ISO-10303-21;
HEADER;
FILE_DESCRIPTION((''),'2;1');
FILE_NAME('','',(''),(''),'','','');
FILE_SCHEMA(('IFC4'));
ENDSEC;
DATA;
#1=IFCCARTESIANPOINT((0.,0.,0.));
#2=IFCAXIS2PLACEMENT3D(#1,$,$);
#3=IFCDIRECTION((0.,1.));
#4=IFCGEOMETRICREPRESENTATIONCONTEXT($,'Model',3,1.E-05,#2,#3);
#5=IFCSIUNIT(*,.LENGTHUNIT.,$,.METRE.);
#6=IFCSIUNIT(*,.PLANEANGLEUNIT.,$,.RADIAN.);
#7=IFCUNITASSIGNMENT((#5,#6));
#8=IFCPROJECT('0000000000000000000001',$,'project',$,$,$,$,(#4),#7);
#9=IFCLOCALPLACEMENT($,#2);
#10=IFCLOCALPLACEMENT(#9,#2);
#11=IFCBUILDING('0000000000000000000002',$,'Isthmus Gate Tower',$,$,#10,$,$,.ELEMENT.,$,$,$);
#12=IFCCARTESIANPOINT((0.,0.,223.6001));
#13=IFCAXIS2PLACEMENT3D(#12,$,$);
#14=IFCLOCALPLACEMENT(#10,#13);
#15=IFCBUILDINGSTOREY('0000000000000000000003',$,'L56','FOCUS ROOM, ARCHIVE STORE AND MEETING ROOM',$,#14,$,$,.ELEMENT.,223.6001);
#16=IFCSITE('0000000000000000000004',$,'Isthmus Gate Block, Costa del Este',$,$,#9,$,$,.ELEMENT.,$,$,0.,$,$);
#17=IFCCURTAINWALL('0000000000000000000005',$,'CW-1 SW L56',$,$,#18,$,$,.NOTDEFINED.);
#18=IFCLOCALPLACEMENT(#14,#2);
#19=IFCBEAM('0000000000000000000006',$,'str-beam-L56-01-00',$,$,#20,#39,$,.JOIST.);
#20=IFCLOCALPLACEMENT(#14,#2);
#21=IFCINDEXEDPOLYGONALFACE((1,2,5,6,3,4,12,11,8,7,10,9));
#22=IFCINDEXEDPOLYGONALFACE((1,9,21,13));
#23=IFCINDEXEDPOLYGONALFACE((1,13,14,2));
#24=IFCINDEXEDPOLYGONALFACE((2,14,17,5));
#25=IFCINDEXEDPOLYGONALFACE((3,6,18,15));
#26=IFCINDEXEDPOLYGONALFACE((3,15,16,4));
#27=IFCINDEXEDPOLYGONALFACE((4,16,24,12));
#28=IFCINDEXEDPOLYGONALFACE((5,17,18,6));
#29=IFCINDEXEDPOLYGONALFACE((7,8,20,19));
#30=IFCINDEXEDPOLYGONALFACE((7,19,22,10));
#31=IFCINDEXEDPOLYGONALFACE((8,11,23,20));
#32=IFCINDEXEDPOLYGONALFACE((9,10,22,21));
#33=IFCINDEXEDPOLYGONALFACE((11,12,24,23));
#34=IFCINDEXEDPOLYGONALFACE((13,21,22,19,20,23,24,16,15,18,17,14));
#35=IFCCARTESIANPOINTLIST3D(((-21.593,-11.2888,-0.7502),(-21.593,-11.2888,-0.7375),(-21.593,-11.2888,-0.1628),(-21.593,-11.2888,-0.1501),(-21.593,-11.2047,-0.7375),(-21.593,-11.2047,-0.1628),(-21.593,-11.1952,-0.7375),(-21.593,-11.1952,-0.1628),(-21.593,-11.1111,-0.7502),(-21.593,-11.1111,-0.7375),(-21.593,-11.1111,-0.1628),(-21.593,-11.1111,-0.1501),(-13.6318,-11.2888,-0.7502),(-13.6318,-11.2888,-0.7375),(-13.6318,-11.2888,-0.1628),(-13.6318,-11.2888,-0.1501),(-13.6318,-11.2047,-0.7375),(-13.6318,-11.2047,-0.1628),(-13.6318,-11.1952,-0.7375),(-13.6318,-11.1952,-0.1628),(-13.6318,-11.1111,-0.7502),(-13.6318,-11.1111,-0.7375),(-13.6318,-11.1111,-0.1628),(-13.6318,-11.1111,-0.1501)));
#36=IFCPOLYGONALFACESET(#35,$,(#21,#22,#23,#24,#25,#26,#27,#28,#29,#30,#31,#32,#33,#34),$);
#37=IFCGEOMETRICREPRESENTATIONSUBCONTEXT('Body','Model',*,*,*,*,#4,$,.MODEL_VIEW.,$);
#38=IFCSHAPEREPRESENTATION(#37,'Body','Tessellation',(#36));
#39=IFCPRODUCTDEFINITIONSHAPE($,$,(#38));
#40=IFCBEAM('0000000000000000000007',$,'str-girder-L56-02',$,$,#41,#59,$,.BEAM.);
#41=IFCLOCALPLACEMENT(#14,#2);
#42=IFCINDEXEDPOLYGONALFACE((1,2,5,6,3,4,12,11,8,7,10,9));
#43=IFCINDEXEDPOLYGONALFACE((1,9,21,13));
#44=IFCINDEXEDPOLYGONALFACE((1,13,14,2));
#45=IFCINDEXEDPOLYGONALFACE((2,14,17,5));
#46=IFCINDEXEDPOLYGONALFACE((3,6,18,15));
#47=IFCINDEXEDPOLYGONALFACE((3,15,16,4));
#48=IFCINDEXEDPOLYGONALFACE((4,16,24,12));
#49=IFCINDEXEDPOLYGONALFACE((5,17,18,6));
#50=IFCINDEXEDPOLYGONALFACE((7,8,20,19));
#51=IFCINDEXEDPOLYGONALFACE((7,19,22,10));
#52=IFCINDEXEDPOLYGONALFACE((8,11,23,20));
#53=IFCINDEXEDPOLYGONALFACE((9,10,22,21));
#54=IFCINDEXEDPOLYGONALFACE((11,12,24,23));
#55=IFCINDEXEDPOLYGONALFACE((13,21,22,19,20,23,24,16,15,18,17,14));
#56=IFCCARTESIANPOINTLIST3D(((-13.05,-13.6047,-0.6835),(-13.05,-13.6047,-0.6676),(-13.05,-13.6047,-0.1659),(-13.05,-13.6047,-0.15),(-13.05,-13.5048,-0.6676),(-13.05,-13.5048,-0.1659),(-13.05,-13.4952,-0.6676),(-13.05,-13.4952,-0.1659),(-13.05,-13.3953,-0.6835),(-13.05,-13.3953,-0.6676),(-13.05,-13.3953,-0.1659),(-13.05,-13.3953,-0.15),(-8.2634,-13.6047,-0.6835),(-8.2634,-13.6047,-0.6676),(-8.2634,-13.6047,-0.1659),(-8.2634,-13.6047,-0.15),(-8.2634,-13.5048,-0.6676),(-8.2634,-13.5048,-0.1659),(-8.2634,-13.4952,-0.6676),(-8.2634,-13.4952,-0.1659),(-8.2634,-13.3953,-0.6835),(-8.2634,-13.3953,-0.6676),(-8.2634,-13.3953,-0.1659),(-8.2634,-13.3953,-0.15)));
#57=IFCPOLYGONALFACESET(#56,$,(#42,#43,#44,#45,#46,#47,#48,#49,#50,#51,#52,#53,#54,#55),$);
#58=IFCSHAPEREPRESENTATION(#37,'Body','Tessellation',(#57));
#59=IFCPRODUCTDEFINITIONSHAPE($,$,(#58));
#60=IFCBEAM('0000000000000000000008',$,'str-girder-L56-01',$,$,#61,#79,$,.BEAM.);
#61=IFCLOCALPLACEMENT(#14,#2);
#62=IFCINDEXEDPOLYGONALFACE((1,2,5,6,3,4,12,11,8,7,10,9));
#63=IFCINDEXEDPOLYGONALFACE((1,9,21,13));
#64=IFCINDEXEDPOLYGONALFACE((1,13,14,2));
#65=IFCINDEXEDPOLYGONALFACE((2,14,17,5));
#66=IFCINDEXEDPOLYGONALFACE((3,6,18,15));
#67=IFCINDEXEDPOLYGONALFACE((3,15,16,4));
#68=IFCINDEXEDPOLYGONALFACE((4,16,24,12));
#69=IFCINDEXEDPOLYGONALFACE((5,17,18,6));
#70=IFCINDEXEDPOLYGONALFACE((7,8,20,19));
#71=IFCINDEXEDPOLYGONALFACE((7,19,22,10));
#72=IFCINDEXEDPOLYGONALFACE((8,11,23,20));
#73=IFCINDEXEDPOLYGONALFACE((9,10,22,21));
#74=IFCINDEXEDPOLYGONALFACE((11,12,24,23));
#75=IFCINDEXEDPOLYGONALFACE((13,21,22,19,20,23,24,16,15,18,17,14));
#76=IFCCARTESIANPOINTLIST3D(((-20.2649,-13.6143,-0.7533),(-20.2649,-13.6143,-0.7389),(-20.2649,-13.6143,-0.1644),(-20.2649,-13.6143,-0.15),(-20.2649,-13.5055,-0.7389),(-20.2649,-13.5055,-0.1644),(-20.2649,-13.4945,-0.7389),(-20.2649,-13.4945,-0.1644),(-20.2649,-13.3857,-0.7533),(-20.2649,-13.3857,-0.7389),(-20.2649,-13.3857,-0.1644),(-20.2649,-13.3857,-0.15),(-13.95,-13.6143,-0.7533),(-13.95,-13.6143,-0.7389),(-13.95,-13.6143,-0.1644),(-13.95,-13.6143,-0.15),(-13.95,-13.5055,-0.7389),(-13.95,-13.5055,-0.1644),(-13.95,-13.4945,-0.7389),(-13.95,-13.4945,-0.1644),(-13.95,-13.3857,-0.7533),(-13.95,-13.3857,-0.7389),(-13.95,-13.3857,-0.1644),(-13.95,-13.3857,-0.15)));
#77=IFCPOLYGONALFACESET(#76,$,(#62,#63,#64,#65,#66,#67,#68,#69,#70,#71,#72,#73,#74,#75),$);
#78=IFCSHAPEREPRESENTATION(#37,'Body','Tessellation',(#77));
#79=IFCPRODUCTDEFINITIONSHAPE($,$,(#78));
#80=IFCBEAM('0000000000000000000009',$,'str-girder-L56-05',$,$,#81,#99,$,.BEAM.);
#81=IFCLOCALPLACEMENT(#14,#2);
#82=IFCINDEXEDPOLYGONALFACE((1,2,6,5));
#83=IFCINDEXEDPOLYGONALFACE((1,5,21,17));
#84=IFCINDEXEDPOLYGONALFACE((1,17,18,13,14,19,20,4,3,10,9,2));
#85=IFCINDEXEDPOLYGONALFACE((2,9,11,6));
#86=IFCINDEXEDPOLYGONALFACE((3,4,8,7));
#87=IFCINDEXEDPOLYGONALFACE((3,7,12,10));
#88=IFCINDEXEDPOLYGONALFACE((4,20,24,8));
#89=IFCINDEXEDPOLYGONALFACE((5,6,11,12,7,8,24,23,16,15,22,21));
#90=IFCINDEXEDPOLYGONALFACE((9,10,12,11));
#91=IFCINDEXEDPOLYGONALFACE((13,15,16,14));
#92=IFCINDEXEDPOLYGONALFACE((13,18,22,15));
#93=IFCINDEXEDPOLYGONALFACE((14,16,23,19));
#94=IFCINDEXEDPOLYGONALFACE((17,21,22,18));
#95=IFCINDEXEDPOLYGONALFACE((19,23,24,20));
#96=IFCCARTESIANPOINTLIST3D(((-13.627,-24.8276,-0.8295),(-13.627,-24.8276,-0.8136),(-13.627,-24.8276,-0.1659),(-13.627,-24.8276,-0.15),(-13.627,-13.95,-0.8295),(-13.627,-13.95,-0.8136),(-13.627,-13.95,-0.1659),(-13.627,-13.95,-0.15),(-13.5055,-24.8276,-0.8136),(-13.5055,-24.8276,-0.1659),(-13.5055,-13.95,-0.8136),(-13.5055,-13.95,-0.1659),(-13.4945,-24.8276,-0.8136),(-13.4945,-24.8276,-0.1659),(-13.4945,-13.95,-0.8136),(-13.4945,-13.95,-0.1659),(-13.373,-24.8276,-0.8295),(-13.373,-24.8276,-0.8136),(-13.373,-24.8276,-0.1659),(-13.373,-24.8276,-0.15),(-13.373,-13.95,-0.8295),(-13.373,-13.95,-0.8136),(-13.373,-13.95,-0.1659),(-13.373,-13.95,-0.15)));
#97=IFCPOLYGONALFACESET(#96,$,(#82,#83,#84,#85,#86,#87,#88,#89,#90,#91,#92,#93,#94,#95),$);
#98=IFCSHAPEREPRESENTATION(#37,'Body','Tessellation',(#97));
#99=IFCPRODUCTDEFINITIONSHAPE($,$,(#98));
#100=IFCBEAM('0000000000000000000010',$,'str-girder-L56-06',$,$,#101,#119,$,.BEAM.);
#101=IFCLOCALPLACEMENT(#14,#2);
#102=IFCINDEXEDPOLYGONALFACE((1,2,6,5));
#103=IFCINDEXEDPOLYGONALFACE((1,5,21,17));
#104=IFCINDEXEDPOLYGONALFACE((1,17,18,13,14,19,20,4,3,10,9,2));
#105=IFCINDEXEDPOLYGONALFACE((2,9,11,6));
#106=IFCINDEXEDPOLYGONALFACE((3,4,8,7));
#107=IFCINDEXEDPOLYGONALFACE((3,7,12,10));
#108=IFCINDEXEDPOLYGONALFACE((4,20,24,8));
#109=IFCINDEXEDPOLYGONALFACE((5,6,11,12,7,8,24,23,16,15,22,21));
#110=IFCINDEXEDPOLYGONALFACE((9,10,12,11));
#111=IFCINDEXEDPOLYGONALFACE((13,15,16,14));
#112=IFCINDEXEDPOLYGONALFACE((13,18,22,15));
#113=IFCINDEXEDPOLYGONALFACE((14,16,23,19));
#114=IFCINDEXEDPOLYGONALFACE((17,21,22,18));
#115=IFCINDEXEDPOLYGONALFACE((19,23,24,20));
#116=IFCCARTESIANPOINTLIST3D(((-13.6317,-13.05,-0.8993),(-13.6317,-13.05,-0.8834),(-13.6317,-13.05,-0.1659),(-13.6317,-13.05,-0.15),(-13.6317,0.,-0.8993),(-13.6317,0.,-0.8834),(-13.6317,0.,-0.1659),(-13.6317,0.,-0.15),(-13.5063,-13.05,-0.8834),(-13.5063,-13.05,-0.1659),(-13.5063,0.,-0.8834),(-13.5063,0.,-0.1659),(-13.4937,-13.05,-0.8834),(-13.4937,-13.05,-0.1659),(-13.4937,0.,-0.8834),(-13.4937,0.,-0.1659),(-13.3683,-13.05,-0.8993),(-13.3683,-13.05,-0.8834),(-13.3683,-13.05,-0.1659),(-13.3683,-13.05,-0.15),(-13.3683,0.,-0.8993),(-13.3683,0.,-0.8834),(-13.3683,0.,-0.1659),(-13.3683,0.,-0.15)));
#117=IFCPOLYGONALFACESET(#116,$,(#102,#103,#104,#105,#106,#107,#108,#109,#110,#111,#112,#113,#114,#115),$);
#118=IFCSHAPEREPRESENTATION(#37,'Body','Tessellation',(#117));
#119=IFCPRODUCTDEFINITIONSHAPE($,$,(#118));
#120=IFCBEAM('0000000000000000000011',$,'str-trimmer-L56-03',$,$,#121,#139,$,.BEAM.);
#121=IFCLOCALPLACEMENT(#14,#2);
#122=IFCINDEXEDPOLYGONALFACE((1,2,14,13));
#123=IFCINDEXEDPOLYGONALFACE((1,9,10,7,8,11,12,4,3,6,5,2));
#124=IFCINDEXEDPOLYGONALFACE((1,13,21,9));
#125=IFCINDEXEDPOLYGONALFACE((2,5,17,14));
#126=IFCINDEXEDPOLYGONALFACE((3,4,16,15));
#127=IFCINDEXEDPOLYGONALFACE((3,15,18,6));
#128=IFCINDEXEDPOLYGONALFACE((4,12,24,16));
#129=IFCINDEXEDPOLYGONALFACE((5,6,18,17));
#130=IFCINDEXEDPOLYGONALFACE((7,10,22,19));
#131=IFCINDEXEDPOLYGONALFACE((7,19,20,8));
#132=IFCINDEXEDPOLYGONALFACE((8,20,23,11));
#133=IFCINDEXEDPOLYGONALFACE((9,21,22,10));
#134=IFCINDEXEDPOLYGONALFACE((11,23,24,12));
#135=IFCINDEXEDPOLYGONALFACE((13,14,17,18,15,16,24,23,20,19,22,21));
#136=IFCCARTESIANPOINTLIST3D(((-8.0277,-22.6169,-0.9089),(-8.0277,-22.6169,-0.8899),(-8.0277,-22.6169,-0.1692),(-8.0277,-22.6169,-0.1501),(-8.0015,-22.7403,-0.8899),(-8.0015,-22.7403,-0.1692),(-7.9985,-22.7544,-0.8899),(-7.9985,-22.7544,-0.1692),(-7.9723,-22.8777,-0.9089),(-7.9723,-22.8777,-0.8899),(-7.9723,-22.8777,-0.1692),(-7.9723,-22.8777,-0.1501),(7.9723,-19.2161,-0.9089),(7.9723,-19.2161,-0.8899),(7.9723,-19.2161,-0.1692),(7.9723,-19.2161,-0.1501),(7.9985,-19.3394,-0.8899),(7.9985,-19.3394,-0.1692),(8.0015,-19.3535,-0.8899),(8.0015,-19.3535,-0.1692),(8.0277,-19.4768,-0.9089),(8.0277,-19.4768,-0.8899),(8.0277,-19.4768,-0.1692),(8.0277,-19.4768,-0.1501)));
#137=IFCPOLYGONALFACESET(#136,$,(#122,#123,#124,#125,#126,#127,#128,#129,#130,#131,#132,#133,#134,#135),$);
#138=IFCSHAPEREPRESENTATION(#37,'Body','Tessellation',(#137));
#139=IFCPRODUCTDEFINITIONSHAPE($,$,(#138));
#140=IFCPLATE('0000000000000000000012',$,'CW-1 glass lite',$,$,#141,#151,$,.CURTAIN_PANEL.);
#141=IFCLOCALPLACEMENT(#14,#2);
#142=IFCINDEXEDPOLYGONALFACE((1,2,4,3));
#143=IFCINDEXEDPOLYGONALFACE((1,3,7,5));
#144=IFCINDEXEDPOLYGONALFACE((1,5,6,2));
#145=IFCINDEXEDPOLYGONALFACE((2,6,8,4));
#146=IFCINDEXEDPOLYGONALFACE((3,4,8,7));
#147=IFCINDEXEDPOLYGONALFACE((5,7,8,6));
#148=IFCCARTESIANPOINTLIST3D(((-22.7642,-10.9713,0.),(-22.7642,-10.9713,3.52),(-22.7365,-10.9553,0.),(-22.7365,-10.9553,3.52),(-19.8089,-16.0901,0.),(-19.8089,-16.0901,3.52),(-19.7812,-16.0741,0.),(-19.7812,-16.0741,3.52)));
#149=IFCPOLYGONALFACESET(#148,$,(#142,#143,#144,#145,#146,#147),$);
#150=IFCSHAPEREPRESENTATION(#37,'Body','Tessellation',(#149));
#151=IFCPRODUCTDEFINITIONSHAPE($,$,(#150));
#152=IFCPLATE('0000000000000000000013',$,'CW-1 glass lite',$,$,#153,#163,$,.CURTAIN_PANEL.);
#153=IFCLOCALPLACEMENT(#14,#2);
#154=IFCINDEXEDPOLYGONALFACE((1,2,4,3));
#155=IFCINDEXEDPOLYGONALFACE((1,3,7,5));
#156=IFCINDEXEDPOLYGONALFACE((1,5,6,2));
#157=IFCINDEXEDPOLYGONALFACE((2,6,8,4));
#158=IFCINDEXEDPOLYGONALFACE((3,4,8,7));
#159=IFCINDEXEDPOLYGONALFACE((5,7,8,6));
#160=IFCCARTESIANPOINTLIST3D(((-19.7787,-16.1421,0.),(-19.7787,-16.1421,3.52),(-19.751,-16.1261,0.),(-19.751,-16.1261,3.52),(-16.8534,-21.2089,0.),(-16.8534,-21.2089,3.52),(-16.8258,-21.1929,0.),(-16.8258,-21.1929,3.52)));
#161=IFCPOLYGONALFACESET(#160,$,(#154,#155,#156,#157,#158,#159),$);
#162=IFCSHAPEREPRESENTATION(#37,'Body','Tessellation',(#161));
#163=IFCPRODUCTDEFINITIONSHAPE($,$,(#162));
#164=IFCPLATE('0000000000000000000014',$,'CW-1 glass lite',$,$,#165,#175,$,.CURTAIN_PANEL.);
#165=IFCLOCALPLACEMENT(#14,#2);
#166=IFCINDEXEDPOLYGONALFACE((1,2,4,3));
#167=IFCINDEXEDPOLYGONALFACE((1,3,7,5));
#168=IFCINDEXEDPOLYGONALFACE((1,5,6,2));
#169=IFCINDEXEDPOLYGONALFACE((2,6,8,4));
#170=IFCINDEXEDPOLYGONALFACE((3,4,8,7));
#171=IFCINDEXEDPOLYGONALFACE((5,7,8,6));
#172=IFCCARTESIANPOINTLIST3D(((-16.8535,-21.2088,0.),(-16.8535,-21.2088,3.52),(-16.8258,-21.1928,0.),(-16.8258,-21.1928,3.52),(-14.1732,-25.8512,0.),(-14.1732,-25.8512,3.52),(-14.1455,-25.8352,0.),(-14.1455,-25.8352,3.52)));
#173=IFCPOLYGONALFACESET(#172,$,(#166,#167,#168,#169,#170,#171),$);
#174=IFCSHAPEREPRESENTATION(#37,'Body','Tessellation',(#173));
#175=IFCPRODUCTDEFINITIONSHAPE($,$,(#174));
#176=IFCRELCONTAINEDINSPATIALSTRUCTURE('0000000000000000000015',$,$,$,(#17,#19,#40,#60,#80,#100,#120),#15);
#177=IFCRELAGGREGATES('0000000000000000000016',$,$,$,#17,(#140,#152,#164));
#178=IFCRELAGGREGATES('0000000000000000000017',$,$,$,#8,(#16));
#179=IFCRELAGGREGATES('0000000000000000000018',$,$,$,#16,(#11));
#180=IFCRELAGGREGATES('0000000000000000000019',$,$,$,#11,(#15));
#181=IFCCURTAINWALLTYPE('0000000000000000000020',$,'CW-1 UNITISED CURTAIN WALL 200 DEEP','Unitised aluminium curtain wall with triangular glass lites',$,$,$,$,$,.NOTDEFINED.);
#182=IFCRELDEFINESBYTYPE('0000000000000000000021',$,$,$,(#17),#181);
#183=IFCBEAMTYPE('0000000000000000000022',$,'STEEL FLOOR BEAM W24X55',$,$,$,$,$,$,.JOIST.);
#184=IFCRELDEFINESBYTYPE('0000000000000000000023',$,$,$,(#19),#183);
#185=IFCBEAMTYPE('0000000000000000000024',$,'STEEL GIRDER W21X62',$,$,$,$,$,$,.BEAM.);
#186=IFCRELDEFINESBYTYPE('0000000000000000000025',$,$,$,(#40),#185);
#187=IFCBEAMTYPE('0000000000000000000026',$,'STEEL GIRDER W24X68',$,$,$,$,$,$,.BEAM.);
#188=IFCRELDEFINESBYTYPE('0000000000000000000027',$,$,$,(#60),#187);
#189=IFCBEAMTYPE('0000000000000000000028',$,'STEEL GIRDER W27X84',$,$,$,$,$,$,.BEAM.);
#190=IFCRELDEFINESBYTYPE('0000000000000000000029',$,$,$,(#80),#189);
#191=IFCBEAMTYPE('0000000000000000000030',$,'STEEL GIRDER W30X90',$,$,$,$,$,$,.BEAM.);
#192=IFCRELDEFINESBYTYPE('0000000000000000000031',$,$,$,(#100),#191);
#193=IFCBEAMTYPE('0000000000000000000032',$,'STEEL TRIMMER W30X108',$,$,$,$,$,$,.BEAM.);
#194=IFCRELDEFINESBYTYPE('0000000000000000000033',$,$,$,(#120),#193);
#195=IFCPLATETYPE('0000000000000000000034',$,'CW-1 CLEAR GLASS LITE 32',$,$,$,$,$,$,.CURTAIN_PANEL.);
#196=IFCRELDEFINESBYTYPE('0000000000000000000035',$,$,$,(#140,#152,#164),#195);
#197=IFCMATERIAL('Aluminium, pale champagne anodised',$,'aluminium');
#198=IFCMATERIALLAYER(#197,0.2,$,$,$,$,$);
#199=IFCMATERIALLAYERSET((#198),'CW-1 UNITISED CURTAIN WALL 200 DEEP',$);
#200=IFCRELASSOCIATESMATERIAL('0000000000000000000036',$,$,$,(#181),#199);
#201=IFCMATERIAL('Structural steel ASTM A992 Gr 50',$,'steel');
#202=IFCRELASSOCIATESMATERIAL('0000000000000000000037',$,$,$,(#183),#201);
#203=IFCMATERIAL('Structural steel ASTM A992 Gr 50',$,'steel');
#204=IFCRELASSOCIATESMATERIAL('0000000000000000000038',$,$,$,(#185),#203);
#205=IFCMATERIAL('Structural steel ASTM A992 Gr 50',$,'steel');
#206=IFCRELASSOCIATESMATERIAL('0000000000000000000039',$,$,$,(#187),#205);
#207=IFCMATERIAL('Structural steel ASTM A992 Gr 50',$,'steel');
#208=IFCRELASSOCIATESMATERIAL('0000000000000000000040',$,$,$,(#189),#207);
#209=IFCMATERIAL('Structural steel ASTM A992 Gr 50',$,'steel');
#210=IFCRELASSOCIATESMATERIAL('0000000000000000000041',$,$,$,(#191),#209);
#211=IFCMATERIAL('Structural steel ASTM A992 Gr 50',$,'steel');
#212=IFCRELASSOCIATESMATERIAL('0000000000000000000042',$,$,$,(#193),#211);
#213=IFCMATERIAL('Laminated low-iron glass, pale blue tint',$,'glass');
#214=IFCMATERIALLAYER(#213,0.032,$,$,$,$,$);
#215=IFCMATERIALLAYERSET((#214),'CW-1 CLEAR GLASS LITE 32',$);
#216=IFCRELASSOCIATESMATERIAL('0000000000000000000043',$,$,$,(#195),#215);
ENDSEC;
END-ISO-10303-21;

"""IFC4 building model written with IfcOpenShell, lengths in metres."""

from ifc_helpers import new_model, si_unit, direction, frame, origin, origin_2d, place, context, subcontext, project, spatial, rectangle, i_section, extrude, material, layer, layer_set, material_profile, profile_set, type_object, element, aggregate, save


model = new_model("IFC4")

# Units and contexts
model_context = context("Model", 3, precision=1e-05, world=origin(), true_north=direction((0.0, 1.0)))
body_context = subcontext(model_context, "Body", "Model", "MODEL_VIEW")
ifc_project = project(units=[si_unit("LENGTHUNIT", "METRE"), si_unit("PLANEANGLEUNIT", "RADIAN")], contexts=[model_context])

# Site, building, storey
site_placement = place(None, origin())
site = spatial("IfcSite", under=ifc_project, at=site_placement, Name="Isthmus Gate Block, Costa del Este", CompositionType="ELEMENT", RefElevation=0.0)
building_placement = place(site_placement, origin())
building = spatial("IfcBuilding", under=site, at=building_placement, Name="Isthmus Gate Tower", CompositionType="ELEMENT")
storey_placement = place(building_placement, frame((0.0, 0.0, 223.6001)))
storey = spatial("IfcBuildingStorey", under=building, at=storey_placement, Name="L56", Description="FOCUS ROOM, ARCHIVE STORE AND MEETING ROOM", CompositionType="ELEMENT", Elevation=223.6001)

# Curtain wall
ifc_material_1 = material(Name="Aluminium, pale champagne anodised", Category="aluminium")
ifc_layer_1 = layer(ifc_material_1, 0.2)
ifc_layer_set_1 = layer_set([ifc_layer_1], Name="CW-1 UNITISED CURTAIN WALL 200 DEEP")
curtain_wall_type = type_object("IfcCurtainWallType", Name="CW-1 UNITISED CURTAIN WALL 200 DEEP", Description="Unitised aluminium curtain wall with triangular glass lites", PredefinedType="NOTDEFINED", material=ifc_layer_set_1)
curtain_wall_1_placement = place(storey_placement, origin())
curtain_wall_1 = element("IfcCurtainWall", 1, at=curtain_wall_1_placement, inside=storey, type_object=curtain_wall_type, Name="CW-1 SW L56", PredefinedType="NOTDEFINED")

# Beams
ifc_material_2 = material(Name="Structural steel ASTM A992 Gr 50", Category="steel")
ifc_material_profile_1 = material_profile(ifc_material_2, i_section(OverallWidth=0.1777, OverallDepth=0.6001, WebThickness=0.0095, FlangeThickness=0.0127, at=origin_2d()), Name="W24X55")
ifc_profile_set_1 = profile_set([ifc_material_profile_1], Name="Structural steel ASTM A992 Gr 50")
beam_type_1 = type_object("IfcBeamType", Name="STEEL FLOOR BEAM W24X55", PredefinedType="JOIST", material=ifc_profile_set_1)
beam_1_placement = place(storey_placement, frame((-21.593, -11.2, -0.4502), z_axis=(1.0, 0.0, 0.0), x_axis=(0.0, 1.0, 0.0)))
element("IfcBeam", 2, at=beam_1_placement, inside=storey, type_object=beam_type_1, Name="str-beam-L56-01-00", PredefinedType="JOIST", context=body_context, shape_type="SweptSolid", body=[
    extrude(i_section(OverallWidth=0.1777, OverallDepth=0.6001, WebThickness=0.0095, FlangeThickness=0.0127, at=origin_2d()), origin(), (0.0, 0.0, 1.0), 7.9612),
])
ifc_material_3 = material(Name="Structural steel ASTM A992 Gr 50", Category="steel")
ifc_material_profile_2 = material_profile(ifc_material_3, i_section(OverallWidth=0.2095, OverallDepth=0.5334, WebThickness=0.0095, FlangeThickness=0.0159, at=origin_2d()), Name="W21X62")
ifc_profile_set_2 = profile_set([ifc_material_profile_2], Name="Structural steel ASTM A992 Gr 50")
beam_type_2 = type_object("IfcBeamType", Name="STEEL GIRDER W21X62", PredefinedType="BEAM", material=ifc_profile_set_2)
beam_2_placement = place(storey_placement, frame((-13.05, -13.5, -0.4167), z_axis=(1.0, 0.0, 0.0), x_axis=(0.0, 1.0, 0.0)))
element("IfcBeam", 3, at=beam_2_placement, inside=storey, type_object=beam_type_2, Name="str-girder-L56-02", PredefinedType="BEAM", context=body_context, shape_type="SweptSolid", body=[
    extrude(i_section(OverallWidth=0.2095, OverallDepth=0.5334, WebThickness=0.0095, FlangeThickness=0.0159, at=origin_2d()), origin(), (0.0, 0.0, 1.0), 4.7866),
])
ifc_material_4 = material(Name="Structural steel ASTM A992 Gr 50", Category="steel")
ifc_material_profile_3 = material_profile(ifc_material_4, i_section(OverallWidth=0.2285, OverallDepth=0.6033, WebThickness=0.011, FlangeThickness=0.0144, at=origin_2d()), Name="W24X68")
ifc_profile_set_3 = profile_set([ifc_material_profile_3], Name="Structural steel ASTM A992 Gr 50")
beam_type_3 = type_object("IfcBeamType", Name="STEEL GIRDER W24X68", PredefinedType="BEAM", material=ifc_profile_set_3)
beam_3_placement = place(storey_placement, frame((-20.2649, -13.5, -0.4517), z_axis=(1.0, 0.0, 0.0), x_axis=(0.0, 1.0, 0.0)))
element("IfcBeam", 4, at=beam_3_placement, inside=storey, type_object=beam_type_3, Name="str-girder-L56-01", PredefinedType="BEAM", context=body_context, shape_type="SweptSolid", body=[
    extrude(i_section(OverallWidth=0.2285, OverallDepth=0.6033, WebThickness=0.011, FlangeThickness=0.0144, at=origin_2d()), origin(), (0.0, 0.0, 1.0), 6.3149),
])
ifc_material_5 = material(Name="Structural steel ASTM A992 Gr 50", Category="steel")
ifc_material_profile_4 = material_profile(ifc_material_5, i_section(OverallWidth=0.2539, OverallDepth=0.6794, WebThickness=0.011, FlangeThickness=0.0159, at=origin_2d()), Name="W27X84")
ifc_profile_set_4 = profile_set([ifc_material_profile_4], Name="Structural steel ASTM A992 Gr 50")
beam_type_4 = type_object("IfcBeamType", Name="STEEL GIRDER W27X84", PredefinedType="BEAM", material=ifc_profile_set_4)
beam_4_placement = place(storey_placement, frame((-13.5, -24.8276, -0.4897), z_axis=(0.0, 1.0, 0.0), x_axis=(-1.0, 0.0, 0.0)))
element("IfcBeam", 5, at=beam_4_placement, inside=storey, type_object=beam_type_4, Name="str-girder-L56-05", PredefinedType="BEAM", context=body_context, shape_type="SweptSolid", body=[
    extrude(i_section(OverallWidth=0.2539, OverallDepth=0.6794, WebThickness=0.011, FlangeThickness=0.0159, at=origin_2d()), origin(), (0.0, 0.0, 1.0), 10.8777),
])
ifc_material_6 = material(Name="Structural steel ASTM A992 Gr 50", Category="steel")
ifc_material_profile_5 = material_profile(ifc_material_6, i_section(OverallWidth=0.2634, OverallDepth=0.7493, WebThickness=0.0127, FlangeThickness=0.0159, at=origin_2d()), Name="W30X90")
ifc_profile_set_5 = profile_set([ifc_material_profile_5], Name="Structural steel ASTM A992 Gr 50")
beam_type_5 = type_object("IfcBeamType", Name="STEEL GIRDER W30X90", PredefinedType="BEAM", material=ifc_profile_set_5)
beam_5_placement = place(storey_placement, frame((-13.5, -13.05, -0.5247), z_axis=(0.0, 1.0, 0.0), x_axis=(-1.0, 0.0, 0.0)))
element("IfcBeam", 6, at=beam_5_placement, inside=storey, type_object=beam_type_5, Name="str-girder-L56-06", PredefinedType="BEAM", context=body_context, shape_type="SweptSolid", body=[
    extrude(i_section(OverallWidth=0.2634, OverallDepth=0.7493, WebThickness=0.0127, FlangeThickness=0.0159, at=origin_2d()), origin(), (0.0, 0.0, 1.0), 13.05),
])
ifc_material_7 = material(Name="Structural steel ASTM A992 Gr 50", Category="steel")
ifc_material_profile_6 = material_profile(ifc_material_7, i_section(OverallWidth=0.2666, OverallDepth=0.7588, WebThickness=0.0144, FlangeThickness=0.019, at=origin_2d()), Name="W30X108")
ifc_profile_set_6 = profile_set([ifc_material_profile_6], Name="Structural steel ASTM A992 Gr 50")
beam_type_6 = type_object("IfcBeamType", Name="STEEL TRIMMER W30X108", PredefinedType="BEAM", material=ifc_profile_set_6)
beam_6_placement = place(storey_placement, frame((-8.0, -22.7473, -0.5295), z_axis=(0.978148, 0.20791, 0.0), x_axis=(-0.20791, 0.978148, 0.0)))
element("IfcBeam", 7, at=beam_6_placement, inside=storey, type_object=beam_type_6, Name="str-trimmer-L56-03", PredefinedType="BEAM", context=body_context, shape_type="SweptSolid", body=[
    extrude(i_section(OverallWidth=0.2666, OverallDepth=0.7588, WebThickness=0.0144, FlangeThickness=0.019, at=origin_2d()), origin(), (0.0, 0.0, 1.0), 16.3574),
])

# Plates
ifc_material_8 = material(Name="Laminated low-iron glass, pale blue tint", Category="glass")
ifc_layer_2 = layer(ifc_material_8, 0.032)
ifc_layer_set_2 = layer_set([ifc_layer_2], Name="CW-1 CLEAR GLASS LITE 32")
plate_type = type_object("IfcPlateType", Name="CW-1 CLEAR GLASS LITE 32", PredefinedType="CURTAIN_PANEL", material=ifc_layer_set_2)
plate_1_placement = place(storey_placement, frame((-21.2727, -13.5227, 0.0), z_axis=(0.0, 0.0, 1.0), x_axis=(0.5, -0.866025, 0.0)))
plate_1 = element("IfcPlate", 8, at=plate_1_placement, type_object=plate_type, Name="CW-1 glass lite", PredefinedType="CURTAIN_PANEL", context=body_context, shape_type="SweptSolid", body=[
    extrude(rectangle(XDim=5.9106, YDim=0.032, at=origin_2d()), origin(), (0.0, 0.0, 1.0), 3.52),
])
plate_2_placement = place(storey_placement, frame((-18.3022, -18.6675, 0.0), z_axis=(0.0, 0.0, 1.0), x_axis=(0.5, -0.866025, 0.0)))
plate_2 = element("IfcPlate", 9, at=plate_2_placement, type_object=plate_type, Name="CW-1 glass lite", PredefinedType="CURTAIN_PANEL", context=body_context, shape_type="SweptSolid", body=[
    extrude(rectangle(XDim=5.8506, YDim=0.032, at=origin_2d()), origin(), (0.0, 0.0, 1.0), 3.52),
])
plate_3_placement = place(storey_placement, frame((-15.4995, -23.522, 0.0), z_axis=(0.0, 0.0, 1.0), x_axis=(0.5, -0.866025, 0.0)))
plate_3 = element("IfcPlate", 10, at=plate_3_placement, type_object=plate_type, Name="CW-1 glass lite", PredefinedType="CURTAIN_PANEL", context=body_context, shape_type="SweptSolid", body=[
    extrude(rectangle(XDim=5.3606, YDim=0.032, at=origin_2d()), origin(), (0.0, 0.0, 1.0), 3.52),
])
aggregate(curtain_wall_1, [plate_1, plate_2, plate_3])

save(model, "model.ifc")
